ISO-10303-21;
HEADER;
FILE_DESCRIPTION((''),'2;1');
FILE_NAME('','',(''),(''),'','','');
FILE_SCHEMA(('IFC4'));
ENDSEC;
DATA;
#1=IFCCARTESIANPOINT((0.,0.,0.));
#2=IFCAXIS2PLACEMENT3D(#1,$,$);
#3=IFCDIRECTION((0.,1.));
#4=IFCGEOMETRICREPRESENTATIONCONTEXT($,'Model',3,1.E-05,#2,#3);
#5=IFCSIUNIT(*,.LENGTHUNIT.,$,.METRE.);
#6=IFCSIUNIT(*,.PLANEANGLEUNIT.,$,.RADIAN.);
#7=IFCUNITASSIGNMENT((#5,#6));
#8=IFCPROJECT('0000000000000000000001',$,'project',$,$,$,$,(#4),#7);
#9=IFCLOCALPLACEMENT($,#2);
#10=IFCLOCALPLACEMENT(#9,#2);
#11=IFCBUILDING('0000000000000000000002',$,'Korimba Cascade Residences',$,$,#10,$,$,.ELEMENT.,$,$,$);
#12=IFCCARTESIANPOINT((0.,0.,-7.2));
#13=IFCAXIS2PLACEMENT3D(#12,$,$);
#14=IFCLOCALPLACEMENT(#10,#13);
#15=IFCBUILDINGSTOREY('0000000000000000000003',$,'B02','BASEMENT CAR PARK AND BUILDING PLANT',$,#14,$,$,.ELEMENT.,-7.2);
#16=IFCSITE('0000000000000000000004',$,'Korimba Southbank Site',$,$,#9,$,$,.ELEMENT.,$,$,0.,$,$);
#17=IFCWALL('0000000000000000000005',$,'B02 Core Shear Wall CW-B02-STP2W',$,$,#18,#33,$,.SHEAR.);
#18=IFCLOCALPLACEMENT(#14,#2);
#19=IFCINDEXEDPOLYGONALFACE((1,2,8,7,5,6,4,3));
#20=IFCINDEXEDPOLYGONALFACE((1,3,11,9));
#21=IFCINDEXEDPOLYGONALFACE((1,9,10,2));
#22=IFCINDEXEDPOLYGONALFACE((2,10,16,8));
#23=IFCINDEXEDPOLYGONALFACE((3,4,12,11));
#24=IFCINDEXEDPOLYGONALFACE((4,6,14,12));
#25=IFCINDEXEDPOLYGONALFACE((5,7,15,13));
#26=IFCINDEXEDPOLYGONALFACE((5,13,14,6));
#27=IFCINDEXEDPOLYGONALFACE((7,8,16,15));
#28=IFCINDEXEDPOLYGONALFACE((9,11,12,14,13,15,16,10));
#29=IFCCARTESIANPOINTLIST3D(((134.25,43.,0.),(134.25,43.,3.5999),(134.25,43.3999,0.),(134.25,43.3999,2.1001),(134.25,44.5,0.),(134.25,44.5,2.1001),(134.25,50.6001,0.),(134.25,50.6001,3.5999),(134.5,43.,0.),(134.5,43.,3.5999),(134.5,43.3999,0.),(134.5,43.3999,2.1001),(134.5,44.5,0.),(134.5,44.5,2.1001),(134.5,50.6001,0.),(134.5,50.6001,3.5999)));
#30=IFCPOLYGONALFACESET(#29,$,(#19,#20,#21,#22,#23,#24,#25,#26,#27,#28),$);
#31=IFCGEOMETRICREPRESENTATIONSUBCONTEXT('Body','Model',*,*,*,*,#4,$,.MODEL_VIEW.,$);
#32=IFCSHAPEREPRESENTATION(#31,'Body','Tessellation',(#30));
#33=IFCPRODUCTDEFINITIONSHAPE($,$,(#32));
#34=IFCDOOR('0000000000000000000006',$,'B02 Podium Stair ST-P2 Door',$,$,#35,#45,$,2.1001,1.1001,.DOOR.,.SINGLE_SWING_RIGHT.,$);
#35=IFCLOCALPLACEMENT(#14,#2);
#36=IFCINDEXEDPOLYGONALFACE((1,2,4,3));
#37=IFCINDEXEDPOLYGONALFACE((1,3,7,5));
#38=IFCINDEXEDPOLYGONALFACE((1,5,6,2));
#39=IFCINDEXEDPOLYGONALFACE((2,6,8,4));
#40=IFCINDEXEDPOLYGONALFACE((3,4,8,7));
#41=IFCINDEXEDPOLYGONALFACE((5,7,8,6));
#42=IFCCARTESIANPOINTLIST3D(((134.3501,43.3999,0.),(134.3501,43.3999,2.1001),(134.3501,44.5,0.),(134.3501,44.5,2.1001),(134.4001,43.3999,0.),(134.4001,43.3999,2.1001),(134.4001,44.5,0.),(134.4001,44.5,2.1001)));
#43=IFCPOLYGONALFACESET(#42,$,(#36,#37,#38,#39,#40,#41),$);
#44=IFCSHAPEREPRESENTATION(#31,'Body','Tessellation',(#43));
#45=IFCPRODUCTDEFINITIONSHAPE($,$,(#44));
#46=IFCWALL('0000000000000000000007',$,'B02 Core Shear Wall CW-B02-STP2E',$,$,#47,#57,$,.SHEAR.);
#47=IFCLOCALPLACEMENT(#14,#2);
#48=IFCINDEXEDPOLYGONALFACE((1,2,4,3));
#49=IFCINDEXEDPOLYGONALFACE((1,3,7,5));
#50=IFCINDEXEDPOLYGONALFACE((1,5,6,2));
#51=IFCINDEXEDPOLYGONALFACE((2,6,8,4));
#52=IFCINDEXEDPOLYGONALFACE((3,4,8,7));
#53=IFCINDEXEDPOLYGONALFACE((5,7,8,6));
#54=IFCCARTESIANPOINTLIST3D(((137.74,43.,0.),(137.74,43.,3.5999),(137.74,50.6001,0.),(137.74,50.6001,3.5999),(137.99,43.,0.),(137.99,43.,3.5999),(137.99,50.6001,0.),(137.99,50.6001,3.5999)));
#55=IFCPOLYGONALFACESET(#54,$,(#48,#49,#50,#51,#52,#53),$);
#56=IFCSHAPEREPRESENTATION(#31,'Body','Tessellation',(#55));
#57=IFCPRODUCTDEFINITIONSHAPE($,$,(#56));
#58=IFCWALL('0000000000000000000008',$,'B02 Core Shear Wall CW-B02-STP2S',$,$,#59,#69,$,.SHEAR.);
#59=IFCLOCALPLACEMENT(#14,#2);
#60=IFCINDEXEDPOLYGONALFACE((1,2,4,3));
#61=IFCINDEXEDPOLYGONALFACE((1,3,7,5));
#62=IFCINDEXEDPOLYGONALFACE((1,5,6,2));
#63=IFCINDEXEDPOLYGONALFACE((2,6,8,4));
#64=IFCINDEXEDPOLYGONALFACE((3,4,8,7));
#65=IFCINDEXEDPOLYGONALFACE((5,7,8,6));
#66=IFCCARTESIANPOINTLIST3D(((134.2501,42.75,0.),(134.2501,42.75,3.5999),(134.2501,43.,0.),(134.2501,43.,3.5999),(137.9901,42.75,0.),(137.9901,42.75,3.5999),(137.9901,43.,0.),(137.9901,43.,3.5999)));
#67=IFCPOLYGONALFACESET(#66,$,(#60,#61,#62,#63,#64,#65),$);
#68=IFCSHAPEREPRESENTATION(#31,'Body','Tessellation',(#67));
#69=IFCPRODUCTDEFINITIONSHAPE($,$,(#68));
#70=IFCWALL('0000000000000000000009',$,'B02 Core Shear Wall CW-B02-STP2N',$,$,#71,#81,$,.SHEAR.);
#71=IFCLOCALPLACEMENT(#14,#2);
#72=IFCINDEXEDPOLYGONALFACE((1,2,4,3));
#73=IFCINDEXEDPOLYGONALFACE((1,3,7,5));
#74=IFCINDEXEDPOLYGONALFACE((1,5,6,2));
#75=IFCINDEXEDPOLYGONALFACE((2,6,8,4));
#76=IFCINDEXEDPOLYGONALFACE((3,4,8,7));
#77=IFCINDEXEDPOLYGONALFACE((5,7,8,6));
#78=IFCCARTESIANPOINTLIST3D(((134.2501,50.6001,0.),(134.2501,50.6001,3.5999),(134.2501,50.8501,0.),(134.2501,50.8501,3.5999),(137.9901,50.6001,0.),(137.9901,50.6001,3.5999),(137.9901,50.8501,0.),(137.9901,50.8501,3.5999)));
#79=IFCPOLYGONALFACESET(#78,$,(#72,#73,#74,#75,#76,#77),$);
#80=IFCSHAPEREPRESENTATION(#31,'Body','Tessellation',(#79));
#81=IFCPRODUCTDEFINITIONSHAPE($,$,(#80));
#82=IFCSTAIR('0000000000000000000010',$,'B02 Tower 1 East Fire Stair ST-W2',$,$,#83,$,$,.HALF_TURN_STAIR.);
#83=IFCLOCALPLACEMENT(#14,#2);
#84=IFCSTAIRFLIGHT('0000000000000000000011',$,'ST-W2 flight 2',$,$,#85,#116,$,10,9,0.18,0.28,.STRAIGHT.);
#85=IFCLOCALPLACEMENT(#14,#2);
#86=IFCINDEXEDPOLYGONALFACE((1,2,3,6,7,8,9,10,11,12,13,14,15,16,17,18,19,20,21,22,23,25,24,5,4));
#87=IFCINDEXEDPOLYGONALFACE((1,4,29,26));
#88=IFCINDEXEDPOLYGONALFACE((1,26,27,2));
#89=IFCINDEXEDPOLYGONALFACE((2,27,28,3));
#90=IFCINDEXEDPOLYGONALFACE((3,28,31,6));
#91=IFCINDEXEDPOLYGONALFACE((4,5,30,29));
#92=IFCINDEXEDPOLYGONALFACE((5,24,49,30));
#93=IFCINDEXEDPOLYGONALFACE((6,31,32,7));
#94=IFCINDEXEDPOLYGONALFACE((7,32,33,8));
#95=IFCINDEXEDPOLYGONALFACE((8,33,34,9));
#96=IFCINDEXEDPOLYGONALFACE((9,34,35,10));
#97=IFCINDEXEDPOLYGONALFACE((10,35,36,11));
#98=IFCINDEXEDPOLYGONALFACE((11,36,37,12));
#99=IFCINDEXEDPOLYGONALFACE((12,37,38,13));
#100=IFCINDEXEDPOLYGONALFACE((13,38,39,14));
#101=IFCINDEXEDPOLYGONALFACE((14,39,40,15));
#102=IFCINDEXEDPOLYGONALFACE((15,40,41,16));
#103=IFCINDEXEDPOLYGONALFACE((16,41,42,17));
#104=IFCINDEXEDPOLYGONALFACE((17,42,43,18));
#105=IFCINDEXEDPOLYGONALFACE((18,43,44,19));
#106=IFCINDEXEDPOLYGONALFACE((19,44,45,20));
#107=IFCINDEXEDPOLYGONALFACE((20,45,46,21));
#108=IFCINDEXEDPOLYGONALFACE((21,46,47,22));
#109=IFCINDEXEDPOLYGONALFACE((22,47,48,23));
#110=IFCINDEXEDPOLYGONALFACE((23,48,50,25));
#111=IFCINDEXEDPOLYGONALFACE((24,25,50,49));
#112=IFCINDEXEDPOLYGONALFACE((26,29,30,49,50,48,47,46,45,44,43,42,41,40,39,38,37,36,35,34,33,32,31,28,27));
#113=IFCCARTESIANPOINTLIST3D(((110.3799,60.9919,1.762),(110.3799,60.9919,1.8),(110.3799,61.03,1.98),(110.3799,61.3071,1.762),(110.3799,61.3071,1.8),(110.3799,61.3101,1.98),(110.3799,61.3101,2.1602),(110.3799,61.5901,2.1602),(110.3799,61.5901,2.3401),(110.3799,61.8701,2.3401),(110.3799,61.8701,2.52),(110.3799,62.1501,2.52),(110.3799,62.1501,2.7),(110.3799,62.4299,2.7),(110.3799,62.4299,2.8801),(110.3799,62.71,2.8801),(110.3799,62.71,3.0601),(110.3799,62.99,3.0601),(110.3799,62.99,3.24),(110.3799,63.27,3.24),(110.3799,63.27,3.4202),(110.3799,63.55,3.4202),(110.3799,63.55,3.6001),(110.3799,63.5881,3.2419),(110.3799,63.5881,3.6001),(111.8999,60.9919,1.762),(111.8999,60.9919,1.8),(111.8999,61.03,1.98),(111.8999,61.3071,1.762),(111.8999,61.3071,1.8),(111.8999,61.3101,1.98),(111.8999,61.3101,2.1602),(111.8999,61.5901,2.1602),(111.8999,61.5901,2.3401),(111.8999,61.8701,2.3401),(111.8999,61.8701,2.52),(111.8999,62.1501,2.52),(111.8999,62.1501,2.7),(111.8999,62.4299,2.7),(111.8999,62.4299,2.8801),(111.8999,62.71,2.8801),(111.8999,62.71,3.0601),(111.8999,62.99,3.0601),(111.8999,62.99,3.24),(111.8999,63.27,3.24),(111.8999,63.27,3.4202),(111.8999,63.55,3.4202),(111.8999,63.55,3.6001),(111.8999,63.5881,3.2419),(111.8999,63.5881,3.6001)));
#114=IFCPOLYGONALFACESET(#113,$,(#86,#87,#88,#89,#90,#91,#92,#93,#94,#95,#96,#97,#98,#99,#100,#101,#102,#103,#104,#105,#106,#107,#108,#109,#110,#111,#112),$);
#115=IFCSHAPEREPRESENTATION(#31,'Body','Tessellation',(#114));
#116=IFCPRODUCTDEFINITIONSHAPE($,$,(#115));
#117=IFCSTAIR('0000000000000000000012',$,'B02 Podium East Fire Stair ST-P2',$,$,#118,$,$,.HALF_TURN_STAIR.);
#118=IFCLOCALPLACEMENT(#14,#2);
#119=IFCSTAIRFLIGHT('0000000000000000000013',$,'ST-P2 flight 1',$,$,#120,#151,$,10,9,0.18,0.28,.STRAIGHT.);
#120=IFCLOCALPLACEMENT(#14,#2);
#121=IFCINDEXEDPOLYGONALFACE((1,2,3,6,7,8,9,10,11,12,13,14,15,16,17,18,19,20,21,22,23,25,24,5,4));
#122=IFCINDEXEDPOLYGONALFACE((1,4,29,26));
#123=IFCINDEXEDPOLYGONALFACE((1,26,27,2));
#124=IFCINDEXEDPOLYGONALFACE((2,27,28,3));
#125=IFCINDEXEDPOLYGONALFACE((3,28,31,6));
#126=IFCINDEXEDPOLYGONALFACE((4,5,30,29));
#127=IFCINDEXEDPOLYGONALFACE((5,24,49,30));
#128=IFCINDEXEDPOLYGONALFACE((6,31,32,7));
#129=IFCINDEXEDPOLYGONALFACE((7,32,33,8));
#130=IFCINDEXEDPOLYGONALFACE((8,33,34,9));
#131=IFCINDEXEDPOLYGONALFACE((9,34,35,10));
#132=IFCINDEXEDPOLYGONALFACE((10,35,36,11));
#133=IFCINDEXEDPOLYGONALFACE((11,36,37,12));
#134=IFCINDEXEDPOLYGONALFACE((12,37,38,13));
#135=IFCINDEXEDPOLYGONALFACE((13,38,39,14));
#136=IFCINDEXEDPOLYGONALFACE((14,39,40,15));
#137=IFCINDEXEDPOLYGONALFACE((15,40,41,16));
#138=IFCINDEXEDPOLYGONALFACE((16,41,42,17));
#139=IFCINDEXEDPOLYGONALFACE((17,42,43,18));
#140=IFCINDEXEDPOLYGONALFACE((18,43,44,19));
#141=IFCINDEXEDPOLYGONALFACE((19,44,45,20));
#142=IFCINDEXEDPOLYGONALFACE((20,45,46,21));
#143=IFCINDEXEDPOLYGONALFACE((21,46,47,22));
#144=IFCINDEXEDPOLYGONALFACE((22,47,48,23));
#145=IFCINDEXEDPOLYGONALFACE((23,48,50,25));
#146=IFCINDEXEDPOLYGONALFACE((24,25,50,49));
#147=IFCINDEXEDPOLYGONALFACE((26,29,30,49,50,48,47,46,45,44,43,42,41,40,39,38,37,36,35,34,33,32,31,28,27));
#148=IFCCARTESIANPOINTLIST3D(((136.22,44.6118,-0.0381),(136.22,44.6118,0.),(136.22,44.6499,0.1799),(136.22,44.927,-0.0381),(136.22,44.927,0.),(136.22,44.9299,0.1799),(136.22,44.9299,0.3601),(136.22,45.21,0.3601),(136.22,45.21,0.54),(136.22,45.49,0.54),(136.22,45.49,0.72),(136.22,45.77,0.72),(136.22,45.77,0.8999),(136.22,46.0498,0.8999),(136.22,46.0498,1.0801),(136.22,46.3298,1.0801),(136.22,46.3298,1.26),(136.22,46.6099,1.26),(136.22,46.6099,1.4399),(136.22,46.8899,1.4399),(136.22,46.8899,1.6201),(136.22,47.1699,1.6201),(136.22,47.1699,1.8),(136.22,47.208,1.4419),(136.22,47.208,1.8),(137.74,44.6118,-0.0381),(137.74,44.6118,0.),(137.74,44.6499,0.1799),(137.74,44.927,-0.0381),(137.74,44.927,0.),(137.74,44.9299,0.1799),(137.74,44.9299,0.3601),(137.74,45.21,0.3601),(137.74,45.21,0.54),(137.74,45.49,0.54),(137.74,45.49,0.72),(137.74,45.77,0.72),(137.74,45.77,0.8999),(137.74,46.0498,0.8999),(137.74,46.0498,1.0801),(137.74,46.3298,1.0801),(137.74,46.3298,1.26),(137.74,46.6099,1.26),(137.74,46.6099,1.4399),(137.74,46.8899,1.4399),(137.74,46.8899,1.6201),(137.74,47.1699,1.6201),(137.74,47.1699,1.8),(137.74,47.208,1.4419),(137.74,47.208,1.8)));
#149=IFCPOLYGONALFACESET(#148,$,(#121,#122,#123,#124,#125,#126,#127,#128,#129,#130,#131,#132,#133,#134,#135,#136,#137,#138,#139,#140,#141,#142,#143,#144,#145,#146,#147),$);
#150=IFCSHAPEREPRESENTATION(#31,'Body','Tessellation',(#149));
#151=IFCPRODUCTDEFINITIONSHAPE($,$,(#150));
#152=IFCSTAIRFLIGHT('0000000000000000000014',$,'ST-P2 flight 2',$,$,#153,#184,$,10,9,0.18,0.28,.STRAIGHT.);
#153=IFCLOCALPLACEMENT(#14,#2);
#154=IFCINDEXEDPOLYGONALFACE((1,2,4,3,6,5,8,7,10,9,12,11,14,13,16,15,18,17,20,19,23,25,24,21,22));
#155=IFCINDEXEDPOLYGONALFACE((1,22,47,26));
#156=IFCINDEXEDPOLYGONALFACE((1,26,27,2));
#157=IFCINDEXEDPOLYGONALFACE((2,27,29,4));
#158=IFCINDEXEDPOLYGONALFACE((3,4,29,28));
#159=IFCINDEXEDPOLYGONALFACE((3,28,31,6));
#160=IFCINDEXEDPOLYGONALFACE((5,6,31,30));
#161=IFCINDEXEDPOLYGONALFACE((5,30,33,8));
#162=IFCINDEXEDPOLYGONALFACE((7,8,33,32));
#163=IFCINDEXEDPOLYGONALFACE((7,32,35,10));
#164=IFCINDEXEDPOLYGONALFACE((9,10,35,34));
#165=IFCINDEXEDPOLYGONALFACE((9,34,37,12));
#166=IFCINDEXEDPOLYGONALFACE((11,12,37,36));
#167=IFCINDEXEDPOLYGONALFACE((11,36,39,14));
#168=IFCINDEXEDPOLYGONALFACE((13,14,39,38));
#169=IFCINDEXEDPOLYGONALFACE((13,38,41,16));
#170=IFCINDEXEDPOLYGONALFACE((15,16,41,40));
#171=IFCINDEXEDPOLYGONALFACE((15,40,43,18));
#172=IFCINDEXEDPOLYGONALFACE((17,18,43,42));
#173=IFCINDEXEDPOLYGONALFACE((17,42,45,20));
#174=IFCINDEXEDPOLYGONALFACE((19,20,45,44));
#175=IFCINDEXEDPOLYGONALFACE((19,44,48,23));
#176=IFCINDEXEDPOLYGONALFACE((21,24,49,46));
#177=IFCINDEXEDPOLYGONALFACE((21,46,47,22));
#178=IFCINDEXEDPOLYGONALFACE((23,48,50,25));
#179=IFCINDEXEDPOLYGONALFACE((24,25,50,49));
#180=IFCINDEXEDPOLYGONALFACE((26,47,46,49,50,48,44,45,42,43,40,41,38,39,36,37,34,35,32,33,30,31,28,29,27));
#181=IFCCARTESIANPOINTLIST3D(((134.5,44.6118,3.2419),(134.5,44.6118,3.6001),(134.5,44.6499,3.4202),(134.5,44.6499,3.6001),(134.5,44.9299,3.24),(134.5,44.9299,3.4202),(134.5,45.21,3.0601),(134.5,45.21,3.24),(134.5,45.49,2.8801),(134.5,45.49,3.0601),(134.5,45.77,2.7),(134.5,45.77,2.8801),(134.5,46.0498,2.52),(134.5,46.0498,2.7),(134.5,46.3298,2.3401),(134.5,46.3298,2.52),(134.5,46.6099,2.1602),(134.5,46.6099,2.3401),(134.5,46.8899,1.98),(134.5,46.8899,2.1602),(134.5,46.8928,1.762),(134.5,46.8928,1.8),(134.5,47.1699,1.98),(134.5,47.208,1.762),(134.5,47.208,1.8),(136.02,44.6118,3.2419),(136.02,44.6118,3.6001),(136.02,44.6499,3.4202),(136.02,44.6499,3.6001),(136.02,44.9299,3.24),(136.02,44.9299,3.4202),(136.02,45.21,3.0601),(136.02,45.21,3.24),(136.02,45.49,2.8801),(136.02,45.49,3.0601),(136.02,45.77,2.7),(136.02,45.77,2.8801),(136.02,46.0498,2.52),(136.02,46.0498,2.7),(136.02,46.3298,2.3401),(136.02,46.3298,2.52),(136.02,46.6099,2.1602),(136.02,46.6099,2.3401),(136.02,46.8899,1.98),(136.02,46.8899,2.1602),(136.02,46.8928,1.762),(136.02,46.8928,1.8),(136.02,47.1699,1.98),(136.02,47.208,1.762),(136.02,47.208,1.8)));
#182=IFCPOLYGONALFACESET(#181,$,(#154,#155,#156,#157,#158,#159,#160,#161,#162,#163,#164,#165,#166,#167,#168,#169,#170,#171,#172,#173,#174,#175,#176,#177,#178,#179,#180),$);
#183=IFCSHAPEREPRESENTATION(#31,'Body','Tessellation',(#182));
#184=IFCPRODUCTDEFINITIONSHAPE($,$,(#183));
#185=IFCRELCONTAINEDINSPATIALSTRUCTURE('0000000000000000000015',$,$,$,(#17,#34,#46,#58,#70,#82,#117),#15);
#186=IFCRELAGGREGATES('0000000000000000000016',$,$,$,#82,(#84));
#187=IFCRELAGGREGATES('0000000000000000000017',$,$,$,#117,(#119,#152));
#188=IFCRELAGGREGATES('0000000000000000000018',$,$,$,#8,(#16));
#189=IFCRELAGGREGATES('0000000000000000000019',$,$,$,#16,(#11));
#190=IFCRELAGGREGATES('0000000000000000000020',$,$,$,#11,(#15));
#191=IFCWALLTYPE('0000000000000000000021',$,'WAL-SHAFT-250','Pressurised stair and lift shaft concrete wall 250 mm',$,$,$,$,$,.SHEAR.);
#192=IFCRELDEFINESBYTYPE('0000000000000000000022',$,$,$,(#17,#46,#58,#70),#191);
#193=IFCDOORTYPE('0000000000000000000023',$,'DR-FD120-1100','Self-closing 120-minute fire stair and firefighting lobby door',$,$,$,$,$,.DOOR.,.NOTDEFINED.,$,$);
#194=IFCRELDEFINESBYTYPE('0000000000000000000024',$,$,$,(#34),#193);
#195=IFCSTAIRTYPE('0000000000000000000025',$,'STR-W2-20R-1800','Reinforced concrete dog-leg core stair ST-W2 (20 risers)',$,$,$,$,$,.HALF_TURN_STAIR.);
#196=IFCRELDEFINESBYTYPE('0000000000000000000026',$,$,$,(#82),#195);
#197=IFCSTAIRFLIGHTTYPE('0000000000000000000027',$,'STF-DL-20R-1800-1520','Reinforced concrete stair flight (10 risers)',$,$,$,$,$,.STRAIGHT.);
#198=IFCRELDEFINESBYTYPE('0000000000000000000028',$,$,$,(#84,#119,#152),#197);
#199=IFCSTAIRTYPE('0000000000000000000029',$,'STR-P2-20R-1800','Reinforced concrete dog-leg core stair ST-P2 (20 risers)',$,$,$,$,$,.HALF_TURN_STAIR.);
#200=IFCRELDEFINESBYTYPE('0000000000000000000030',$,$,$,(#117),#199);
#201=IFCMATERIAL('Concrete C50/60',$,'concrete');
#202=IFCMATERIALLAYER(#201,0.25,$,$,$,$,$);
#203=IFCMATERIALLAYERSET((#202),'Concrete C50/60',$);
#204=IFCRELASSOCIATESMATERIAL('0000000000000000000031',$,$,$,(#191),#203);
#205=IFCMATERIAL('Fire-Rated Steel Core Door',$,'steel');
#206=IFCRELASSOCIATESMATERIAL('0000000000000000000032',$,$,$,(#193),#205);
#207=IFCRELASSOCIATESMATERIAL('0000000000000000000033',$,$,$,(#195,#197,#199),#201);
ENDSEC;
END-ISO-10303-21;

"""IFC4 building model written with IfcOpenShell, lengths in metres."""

from ifc_helpers import new_model, si_unit, direction, frame, frame_2d, origin, place, context, subcontext, project, spatial, polyline, rectangle, outline, extrude, material, layer, layer_set, type_object, element, fill, aggregate, save


model = new_model("IFC4")

# Units and contexts
model_context = context("Model", 3, precision=1e-05, world=origin(), true_north=direction((0.0, 1.0)))
body_context = subcontext(model_context, "Body", "Model", "MODEL_VIEW")
ifc_project = project(units=[si_unit("LENGTHUNIT", "METRE"), si_unit("PLANEANGLEUNIT", "RADIAN")], contexts=[model_context])

# Site, building, storey
site_placement = place(None, origin())
site = spatial("IfcSite", under=ifc_project, at=site_placement, Name="Korimba Southbank Site", CompositionType="ELEMENT", RefElevation=0.0)
building_placement = place(site_placement, origin())
building = spatial("IfcBuilding", under=site, at=building_placement, Name="Korimba Cascade Residences", CompositionType="ELEMENT")
storey_placement = place(building_placement, frame((0.0, 0.0, -7.2)))
storey = spatial("IfcBuildingStorey", under=building, at=storey_placement, Name="B02", Description="BASEMENT CAR PARK AND BUILDING PLANT", CompositionType="ELEMENT", Elevation=-7.2)

# Shared definitions
ifc_material_1 = material(Name="Concrete C50/60", Category="concrete")

# Wall, opening, door
ifc_layer_1 = layer(ifc_material_1, 0.25)
ifc_layer_set_1 = layer_set([ifc_layer_1], Name="Concrete C50/60")
wall_type_1 = type_object("IfcWallType", Name="WAL-SHAFT-250", Description="Pressurised stair and lift shaft concrete wall 250 mm", PredefinedType="SHEAR", material=ifc_layer_set_1)
wall_1_placement = place(storey_placement, frame((134.375, 43.0, 0.0), z_axis=(0.0, 0.0, 1.0), x_axis=(0.0, 1.0, 0.0)))
wall_1 = element("IfcWall", 1, at=wall_1_placement, inside=storey, type_object=wall_type_1, Name="B02 Core Shear Wall CW-B02-STP2W", PredefinedType="SHEAR", context=body_context, shape_type="SweptSolid", body=[
    extrude(rectangle(XDim=7.6001, YDim=0.25, at=frame_2d((3.8, 0.0))), origin(), (0.0, 0.0, 1.0), 3.5999),
])
opening_1_placement = place(wall_1_placement, frame((0.3999, 0.0, 0.0)))
opening_1 = element("IfcOpeningElement", 2, at=opening_1_placement, cuts=wall_1, PredefinedType="OPENING", context=body_context, shape_type="SweptSolid", body=[
    extrude(rectangle(XDim=1.1001, YDim=2.1001, at=frame_2d((0.55, 1.05))), frame((0.0, 0.135, 0.0), z_axis=(0.0, -1.0, 0.0), x_axis=(1.0, 0.0, 0.0)), (0.0, 0.0, 1.0), 0.27),
])
ifc_material_2 = material(Name="Fire-Rated Steel Core Door", Category="steel")
door_type_1 = type_object("IfcDoorType", Name="DR-FD120-1100", Description="Self-closing 120-minute fire stair and firefighting lobby door", OperationType="NOTDEFINED", PredefinedType="DOOR", material=ifc_material_2)
door_1_placement = place(opening_1_placement, origin())
door_1 = element("IfcDoor", 3, at=door_1_placement, inside=storey, type_object=door_type_1, Name="B02 Podium Stair ST-P2 Door", OperationType="SINGLE_SWING_RIGHT", OverallHeight=2.1001, OverallWidth=1.1001, PredefinedType="DOOR", context=body_context, shape_type="SweptSolid", body=[
    extrude(rectangle(XDim=1.1001, YDim=2.1001, at=frame_2d((0.55, 1.05))), frame((0.0, 0.0249, 0.0), z_axis=(0.0, -1.0, 0.0), x_axis=(1.0, 0.0, 0.0)), (0.0, 0.0, 1.0), 0.05),
])
fill(opening_1, door_1)

# Walls
wall_2_placement = place(storey_placement, frame((137.865, 43.0, 0.0), z_axis=(0.0, 0.0, 1.0), x_axis=(0.0, 1.0, 0.0)))
element("IfcWall", 4, at=wall_2_placement, inside=storey, type_object=wall_type_1, Name="B02 Core Shear Wall CW-B02-STP2E", PredefinedType="SHEAR", context=body_context, shape_type="SweptSolid", body=[
    extrude(rectangle(XDim=7.6001, YDim=0.25, at=frame_2d((3.8, 0.0))), origin(), (0.0, 0.0, 1.0), 3.5999),
])
for number, where, z_axis, x_axis, name in (
    (5, (134.25, 42.875, 0.0), (0.0, 0.0, 1.0), (1.0, 0.0, 0.0), "B02 Core Shear Wall CW-B02-STP2S"),
    (6, (134.25, 50.7251, 0.0), (0.0, 0.0, 1.0), (1.0, 0.0, 0.0), "B02 Core Shear Wall CW-B02-STP2N"),
):
    element("IfcWall", number, at=place(storey_placement, frame(where, z_axis=z_axis, x_axis=x_axis)), inside=storey, type_object=wall_type_1, Name=name, PredefinedType="SHEAR", context=body_context, shape_type="SweptSolid", body=[
        extrude(rectangle(XDim=3.74, YDim=0.25, at=frame_2d((1.8701, 0.0))), origin(), (0.0, 0.0, 1.0), 3.5999),
    ])

# Stair, stair flight
stair_type_1 = type_object("IfcStairType", Name="STR-W2-20R-1800", Description="Reinforced concrete dog-leg core stair ST-W2 (20 risers)", PredefinedType="HALF_TURN_STAIR", material=ifc_material_1)
stair_1_placement = place(storey_placement, origin())
stair_1 = element("IfcStair", 7, at=stair_1_placement, inside=storey, type_object=stair_type_1, Name="B02 Tower 1 East Fire Stair ST-W2", PredefinedType="HALF_TURN_STAIR")
stair_flight_type = type_object("IfcStairFlightType", Name="STF-DL-20R-1800-1520", Description="Reinforced concrete stair flight (10 risers)", PredefinedType="STRAIGHT", material=ifc_material_1)
stair_flight_1_placement = place(storey_placement, frame((111.1399, 61.03, 1.8), z_axis=(0.0, 0.0, 1.0), x_axis=(0.0, 1.0, 0.0)))
stair_flight_1 = element("IfcStairFlight", 8, at=stair_flight_1_placement, type_object=stair_flight_type, Name="ST-W2 flight 2", NumberOfRisers=10, NumberOfTreads=9, PredefinedType="STRAIGHT", RiserHeight=0.18, TreadLength=0.28, context=body_context, shape_type="SweptSolid", body=[
    extrude(outline(polyline([(-0.0381, 0.0), (0.0, 0.1799), (0.28, 0.1799), (0.28, 0.3601), (0.5601, 0.3601), (0.5601, 0.54), (0.8401, 0.54), (0.8401, 0.72), (1.1201, 0.72), (1.1201, 0.8999), (1.3999, 0.8999), (1.3999, 1.0801), (1.6799, 1.0801), (1.6799, 1.26), (1.96, 1.26), (1.96, 1.4399), (2.24, 1.4399), (2.24, 1.6201), (2.52, 1.6201), (2.52, 1.8), (2.5581, 1.8), (2.5581, 1.4419), (0.2771, 0.0), (0.2771, -0.0381), (-0.0381, -0.0381), (-0.0381, 0.0)])), frame((0.0, 0.76, 0.0), z_axis=(0.0, -1.0, 0.0), x_axis=(1.0, 0.0, 0.0)), (0.0, 0.0, 1.0), 1.52),
])
aggregate(stair_1, [stair_flight_1])

# Stair, stair flights
stair_type_2 = type_object("IfcStairType", Name="STR-P2-20R-1800", Description="Reinforced concrete dog-leg core stair ST-P2 (20 risers)", PredefinedType="HALF_TURN_STAIR", material=ifc_material_1)
stair_2_placement = place(storey_placement, origin())
stair_2 = element("IfcStair", 9, at=stair_2_placement, inside=storey, type_object=stair_type_2, Name="B02 Podium East Fire Stair ST-P2", PredefinedType="HALF_TURN_STAIR")
stair_flight_2_placement = place(storey_placement, frame((136.98, 44.6499, 0.0), z_axis=(0.0, 0.0, 1.0), x_axis=(0.0, 1.0, 0.0)))
stair_flight_2 = element("IfcStairFlight", 10, at=stair_flight_2_placement, type_object=stair_flight_type, Name="ST-P2 flight 1", NumberOfRisers=10, NumberOfTreads=9, PredefinedType="STRAIGHT", RiserHeight=0.18, TreadLength=0.28, context=body_context, shape_type="SweptSolid", body=[
    extrude(outline(polyline([(-0.0381, 0.0), (0.0, 0.1799), (0.28, 0.1799), (0.28, 0.3601), (0.5601, 0.3601), (0.5601, 0.54), (0.8401, 0.54), (0.8401, 0.72), (1.1201, 0.72), (1.1201, 0.8999), (1.3999, 0.8999), (1.3999, 1.0801), (1.6799, 1.0801), (1.6799, 1.26), (1.96, 1.26), (1.96, 1.4399), (2.24, 1.4399), (2.24, 1.6201), (2.52, 1.6201), (2.52, 1.8), (2.5581, 1.8), (2.5581, 1.4419), (0.2771, 0.0), (0.2771, -0.0381), (-0.0381, -0.0381), (-0.0381, 0.0)])), frame((0.0, 0.76, 0.0), z_axis=(0.0, -1.0, 0.0), x_axis=(1.0, 0.0, 0.0)), (0.0, 0.0, 1.0), 1.52),
])
stair_flight_3_placement = place(storey_placement, frame((135.26, 47.1699, 1.8), z_axis=(0.0, 0.0, 1.0), x_axis=(0.0, -1.0, 0.0)))
stair_flight_3 = element("IfcStairFlight", 11, at=stair_flight_3_placement, type_object=stair_flight_type, Name="ST-P2 flight 2", NumberOfRisers=10, NumberOfTreads=9, PredefinedType="STRAIGHT", RiserHeight=0.18, TreadLength=0.28, context=body_context, shape_type="SweptSolid", body=[
    extrude(outline(polyline([(-0.0381, 0.0), (0.0, 0.1799), (0.28, 0.1799), (0.28, 0.3601), (0.5601, 0.3601), (0.5601, 0.54), (0.8401, 0.54), (0.8401, 0.72), (1.1201, 0.72), (1.1201, 0.8999), (1.3999, 0.8999), (1.3999, 1.0801), (1.6799, 1.0801), (1.6799, 1.26), (1.96, 1.26), (1.96, 1.4399), (2.24, 1.4399), (2.24, 1.6201), (2.52, 1.6201), (2.52, 1.8), (2.5581, 1.8), (2.5581, 1.4419), (0.2771, 0.0), (0.2771, -0.0381), (-0.0381, -0.0381), (-0.0381, 0.0)])), frame((0.0, 0.76, 0.0), z_axis=(0.0, -1.0, 0.0), x_axis=(1.0, 0.0, 0.0)), (0.0, 0.0, 1.0), 1.52),
])
aggregate(stair_2, [stair_flight_2, stair_flight_3])

save(model, "model.ifc")
